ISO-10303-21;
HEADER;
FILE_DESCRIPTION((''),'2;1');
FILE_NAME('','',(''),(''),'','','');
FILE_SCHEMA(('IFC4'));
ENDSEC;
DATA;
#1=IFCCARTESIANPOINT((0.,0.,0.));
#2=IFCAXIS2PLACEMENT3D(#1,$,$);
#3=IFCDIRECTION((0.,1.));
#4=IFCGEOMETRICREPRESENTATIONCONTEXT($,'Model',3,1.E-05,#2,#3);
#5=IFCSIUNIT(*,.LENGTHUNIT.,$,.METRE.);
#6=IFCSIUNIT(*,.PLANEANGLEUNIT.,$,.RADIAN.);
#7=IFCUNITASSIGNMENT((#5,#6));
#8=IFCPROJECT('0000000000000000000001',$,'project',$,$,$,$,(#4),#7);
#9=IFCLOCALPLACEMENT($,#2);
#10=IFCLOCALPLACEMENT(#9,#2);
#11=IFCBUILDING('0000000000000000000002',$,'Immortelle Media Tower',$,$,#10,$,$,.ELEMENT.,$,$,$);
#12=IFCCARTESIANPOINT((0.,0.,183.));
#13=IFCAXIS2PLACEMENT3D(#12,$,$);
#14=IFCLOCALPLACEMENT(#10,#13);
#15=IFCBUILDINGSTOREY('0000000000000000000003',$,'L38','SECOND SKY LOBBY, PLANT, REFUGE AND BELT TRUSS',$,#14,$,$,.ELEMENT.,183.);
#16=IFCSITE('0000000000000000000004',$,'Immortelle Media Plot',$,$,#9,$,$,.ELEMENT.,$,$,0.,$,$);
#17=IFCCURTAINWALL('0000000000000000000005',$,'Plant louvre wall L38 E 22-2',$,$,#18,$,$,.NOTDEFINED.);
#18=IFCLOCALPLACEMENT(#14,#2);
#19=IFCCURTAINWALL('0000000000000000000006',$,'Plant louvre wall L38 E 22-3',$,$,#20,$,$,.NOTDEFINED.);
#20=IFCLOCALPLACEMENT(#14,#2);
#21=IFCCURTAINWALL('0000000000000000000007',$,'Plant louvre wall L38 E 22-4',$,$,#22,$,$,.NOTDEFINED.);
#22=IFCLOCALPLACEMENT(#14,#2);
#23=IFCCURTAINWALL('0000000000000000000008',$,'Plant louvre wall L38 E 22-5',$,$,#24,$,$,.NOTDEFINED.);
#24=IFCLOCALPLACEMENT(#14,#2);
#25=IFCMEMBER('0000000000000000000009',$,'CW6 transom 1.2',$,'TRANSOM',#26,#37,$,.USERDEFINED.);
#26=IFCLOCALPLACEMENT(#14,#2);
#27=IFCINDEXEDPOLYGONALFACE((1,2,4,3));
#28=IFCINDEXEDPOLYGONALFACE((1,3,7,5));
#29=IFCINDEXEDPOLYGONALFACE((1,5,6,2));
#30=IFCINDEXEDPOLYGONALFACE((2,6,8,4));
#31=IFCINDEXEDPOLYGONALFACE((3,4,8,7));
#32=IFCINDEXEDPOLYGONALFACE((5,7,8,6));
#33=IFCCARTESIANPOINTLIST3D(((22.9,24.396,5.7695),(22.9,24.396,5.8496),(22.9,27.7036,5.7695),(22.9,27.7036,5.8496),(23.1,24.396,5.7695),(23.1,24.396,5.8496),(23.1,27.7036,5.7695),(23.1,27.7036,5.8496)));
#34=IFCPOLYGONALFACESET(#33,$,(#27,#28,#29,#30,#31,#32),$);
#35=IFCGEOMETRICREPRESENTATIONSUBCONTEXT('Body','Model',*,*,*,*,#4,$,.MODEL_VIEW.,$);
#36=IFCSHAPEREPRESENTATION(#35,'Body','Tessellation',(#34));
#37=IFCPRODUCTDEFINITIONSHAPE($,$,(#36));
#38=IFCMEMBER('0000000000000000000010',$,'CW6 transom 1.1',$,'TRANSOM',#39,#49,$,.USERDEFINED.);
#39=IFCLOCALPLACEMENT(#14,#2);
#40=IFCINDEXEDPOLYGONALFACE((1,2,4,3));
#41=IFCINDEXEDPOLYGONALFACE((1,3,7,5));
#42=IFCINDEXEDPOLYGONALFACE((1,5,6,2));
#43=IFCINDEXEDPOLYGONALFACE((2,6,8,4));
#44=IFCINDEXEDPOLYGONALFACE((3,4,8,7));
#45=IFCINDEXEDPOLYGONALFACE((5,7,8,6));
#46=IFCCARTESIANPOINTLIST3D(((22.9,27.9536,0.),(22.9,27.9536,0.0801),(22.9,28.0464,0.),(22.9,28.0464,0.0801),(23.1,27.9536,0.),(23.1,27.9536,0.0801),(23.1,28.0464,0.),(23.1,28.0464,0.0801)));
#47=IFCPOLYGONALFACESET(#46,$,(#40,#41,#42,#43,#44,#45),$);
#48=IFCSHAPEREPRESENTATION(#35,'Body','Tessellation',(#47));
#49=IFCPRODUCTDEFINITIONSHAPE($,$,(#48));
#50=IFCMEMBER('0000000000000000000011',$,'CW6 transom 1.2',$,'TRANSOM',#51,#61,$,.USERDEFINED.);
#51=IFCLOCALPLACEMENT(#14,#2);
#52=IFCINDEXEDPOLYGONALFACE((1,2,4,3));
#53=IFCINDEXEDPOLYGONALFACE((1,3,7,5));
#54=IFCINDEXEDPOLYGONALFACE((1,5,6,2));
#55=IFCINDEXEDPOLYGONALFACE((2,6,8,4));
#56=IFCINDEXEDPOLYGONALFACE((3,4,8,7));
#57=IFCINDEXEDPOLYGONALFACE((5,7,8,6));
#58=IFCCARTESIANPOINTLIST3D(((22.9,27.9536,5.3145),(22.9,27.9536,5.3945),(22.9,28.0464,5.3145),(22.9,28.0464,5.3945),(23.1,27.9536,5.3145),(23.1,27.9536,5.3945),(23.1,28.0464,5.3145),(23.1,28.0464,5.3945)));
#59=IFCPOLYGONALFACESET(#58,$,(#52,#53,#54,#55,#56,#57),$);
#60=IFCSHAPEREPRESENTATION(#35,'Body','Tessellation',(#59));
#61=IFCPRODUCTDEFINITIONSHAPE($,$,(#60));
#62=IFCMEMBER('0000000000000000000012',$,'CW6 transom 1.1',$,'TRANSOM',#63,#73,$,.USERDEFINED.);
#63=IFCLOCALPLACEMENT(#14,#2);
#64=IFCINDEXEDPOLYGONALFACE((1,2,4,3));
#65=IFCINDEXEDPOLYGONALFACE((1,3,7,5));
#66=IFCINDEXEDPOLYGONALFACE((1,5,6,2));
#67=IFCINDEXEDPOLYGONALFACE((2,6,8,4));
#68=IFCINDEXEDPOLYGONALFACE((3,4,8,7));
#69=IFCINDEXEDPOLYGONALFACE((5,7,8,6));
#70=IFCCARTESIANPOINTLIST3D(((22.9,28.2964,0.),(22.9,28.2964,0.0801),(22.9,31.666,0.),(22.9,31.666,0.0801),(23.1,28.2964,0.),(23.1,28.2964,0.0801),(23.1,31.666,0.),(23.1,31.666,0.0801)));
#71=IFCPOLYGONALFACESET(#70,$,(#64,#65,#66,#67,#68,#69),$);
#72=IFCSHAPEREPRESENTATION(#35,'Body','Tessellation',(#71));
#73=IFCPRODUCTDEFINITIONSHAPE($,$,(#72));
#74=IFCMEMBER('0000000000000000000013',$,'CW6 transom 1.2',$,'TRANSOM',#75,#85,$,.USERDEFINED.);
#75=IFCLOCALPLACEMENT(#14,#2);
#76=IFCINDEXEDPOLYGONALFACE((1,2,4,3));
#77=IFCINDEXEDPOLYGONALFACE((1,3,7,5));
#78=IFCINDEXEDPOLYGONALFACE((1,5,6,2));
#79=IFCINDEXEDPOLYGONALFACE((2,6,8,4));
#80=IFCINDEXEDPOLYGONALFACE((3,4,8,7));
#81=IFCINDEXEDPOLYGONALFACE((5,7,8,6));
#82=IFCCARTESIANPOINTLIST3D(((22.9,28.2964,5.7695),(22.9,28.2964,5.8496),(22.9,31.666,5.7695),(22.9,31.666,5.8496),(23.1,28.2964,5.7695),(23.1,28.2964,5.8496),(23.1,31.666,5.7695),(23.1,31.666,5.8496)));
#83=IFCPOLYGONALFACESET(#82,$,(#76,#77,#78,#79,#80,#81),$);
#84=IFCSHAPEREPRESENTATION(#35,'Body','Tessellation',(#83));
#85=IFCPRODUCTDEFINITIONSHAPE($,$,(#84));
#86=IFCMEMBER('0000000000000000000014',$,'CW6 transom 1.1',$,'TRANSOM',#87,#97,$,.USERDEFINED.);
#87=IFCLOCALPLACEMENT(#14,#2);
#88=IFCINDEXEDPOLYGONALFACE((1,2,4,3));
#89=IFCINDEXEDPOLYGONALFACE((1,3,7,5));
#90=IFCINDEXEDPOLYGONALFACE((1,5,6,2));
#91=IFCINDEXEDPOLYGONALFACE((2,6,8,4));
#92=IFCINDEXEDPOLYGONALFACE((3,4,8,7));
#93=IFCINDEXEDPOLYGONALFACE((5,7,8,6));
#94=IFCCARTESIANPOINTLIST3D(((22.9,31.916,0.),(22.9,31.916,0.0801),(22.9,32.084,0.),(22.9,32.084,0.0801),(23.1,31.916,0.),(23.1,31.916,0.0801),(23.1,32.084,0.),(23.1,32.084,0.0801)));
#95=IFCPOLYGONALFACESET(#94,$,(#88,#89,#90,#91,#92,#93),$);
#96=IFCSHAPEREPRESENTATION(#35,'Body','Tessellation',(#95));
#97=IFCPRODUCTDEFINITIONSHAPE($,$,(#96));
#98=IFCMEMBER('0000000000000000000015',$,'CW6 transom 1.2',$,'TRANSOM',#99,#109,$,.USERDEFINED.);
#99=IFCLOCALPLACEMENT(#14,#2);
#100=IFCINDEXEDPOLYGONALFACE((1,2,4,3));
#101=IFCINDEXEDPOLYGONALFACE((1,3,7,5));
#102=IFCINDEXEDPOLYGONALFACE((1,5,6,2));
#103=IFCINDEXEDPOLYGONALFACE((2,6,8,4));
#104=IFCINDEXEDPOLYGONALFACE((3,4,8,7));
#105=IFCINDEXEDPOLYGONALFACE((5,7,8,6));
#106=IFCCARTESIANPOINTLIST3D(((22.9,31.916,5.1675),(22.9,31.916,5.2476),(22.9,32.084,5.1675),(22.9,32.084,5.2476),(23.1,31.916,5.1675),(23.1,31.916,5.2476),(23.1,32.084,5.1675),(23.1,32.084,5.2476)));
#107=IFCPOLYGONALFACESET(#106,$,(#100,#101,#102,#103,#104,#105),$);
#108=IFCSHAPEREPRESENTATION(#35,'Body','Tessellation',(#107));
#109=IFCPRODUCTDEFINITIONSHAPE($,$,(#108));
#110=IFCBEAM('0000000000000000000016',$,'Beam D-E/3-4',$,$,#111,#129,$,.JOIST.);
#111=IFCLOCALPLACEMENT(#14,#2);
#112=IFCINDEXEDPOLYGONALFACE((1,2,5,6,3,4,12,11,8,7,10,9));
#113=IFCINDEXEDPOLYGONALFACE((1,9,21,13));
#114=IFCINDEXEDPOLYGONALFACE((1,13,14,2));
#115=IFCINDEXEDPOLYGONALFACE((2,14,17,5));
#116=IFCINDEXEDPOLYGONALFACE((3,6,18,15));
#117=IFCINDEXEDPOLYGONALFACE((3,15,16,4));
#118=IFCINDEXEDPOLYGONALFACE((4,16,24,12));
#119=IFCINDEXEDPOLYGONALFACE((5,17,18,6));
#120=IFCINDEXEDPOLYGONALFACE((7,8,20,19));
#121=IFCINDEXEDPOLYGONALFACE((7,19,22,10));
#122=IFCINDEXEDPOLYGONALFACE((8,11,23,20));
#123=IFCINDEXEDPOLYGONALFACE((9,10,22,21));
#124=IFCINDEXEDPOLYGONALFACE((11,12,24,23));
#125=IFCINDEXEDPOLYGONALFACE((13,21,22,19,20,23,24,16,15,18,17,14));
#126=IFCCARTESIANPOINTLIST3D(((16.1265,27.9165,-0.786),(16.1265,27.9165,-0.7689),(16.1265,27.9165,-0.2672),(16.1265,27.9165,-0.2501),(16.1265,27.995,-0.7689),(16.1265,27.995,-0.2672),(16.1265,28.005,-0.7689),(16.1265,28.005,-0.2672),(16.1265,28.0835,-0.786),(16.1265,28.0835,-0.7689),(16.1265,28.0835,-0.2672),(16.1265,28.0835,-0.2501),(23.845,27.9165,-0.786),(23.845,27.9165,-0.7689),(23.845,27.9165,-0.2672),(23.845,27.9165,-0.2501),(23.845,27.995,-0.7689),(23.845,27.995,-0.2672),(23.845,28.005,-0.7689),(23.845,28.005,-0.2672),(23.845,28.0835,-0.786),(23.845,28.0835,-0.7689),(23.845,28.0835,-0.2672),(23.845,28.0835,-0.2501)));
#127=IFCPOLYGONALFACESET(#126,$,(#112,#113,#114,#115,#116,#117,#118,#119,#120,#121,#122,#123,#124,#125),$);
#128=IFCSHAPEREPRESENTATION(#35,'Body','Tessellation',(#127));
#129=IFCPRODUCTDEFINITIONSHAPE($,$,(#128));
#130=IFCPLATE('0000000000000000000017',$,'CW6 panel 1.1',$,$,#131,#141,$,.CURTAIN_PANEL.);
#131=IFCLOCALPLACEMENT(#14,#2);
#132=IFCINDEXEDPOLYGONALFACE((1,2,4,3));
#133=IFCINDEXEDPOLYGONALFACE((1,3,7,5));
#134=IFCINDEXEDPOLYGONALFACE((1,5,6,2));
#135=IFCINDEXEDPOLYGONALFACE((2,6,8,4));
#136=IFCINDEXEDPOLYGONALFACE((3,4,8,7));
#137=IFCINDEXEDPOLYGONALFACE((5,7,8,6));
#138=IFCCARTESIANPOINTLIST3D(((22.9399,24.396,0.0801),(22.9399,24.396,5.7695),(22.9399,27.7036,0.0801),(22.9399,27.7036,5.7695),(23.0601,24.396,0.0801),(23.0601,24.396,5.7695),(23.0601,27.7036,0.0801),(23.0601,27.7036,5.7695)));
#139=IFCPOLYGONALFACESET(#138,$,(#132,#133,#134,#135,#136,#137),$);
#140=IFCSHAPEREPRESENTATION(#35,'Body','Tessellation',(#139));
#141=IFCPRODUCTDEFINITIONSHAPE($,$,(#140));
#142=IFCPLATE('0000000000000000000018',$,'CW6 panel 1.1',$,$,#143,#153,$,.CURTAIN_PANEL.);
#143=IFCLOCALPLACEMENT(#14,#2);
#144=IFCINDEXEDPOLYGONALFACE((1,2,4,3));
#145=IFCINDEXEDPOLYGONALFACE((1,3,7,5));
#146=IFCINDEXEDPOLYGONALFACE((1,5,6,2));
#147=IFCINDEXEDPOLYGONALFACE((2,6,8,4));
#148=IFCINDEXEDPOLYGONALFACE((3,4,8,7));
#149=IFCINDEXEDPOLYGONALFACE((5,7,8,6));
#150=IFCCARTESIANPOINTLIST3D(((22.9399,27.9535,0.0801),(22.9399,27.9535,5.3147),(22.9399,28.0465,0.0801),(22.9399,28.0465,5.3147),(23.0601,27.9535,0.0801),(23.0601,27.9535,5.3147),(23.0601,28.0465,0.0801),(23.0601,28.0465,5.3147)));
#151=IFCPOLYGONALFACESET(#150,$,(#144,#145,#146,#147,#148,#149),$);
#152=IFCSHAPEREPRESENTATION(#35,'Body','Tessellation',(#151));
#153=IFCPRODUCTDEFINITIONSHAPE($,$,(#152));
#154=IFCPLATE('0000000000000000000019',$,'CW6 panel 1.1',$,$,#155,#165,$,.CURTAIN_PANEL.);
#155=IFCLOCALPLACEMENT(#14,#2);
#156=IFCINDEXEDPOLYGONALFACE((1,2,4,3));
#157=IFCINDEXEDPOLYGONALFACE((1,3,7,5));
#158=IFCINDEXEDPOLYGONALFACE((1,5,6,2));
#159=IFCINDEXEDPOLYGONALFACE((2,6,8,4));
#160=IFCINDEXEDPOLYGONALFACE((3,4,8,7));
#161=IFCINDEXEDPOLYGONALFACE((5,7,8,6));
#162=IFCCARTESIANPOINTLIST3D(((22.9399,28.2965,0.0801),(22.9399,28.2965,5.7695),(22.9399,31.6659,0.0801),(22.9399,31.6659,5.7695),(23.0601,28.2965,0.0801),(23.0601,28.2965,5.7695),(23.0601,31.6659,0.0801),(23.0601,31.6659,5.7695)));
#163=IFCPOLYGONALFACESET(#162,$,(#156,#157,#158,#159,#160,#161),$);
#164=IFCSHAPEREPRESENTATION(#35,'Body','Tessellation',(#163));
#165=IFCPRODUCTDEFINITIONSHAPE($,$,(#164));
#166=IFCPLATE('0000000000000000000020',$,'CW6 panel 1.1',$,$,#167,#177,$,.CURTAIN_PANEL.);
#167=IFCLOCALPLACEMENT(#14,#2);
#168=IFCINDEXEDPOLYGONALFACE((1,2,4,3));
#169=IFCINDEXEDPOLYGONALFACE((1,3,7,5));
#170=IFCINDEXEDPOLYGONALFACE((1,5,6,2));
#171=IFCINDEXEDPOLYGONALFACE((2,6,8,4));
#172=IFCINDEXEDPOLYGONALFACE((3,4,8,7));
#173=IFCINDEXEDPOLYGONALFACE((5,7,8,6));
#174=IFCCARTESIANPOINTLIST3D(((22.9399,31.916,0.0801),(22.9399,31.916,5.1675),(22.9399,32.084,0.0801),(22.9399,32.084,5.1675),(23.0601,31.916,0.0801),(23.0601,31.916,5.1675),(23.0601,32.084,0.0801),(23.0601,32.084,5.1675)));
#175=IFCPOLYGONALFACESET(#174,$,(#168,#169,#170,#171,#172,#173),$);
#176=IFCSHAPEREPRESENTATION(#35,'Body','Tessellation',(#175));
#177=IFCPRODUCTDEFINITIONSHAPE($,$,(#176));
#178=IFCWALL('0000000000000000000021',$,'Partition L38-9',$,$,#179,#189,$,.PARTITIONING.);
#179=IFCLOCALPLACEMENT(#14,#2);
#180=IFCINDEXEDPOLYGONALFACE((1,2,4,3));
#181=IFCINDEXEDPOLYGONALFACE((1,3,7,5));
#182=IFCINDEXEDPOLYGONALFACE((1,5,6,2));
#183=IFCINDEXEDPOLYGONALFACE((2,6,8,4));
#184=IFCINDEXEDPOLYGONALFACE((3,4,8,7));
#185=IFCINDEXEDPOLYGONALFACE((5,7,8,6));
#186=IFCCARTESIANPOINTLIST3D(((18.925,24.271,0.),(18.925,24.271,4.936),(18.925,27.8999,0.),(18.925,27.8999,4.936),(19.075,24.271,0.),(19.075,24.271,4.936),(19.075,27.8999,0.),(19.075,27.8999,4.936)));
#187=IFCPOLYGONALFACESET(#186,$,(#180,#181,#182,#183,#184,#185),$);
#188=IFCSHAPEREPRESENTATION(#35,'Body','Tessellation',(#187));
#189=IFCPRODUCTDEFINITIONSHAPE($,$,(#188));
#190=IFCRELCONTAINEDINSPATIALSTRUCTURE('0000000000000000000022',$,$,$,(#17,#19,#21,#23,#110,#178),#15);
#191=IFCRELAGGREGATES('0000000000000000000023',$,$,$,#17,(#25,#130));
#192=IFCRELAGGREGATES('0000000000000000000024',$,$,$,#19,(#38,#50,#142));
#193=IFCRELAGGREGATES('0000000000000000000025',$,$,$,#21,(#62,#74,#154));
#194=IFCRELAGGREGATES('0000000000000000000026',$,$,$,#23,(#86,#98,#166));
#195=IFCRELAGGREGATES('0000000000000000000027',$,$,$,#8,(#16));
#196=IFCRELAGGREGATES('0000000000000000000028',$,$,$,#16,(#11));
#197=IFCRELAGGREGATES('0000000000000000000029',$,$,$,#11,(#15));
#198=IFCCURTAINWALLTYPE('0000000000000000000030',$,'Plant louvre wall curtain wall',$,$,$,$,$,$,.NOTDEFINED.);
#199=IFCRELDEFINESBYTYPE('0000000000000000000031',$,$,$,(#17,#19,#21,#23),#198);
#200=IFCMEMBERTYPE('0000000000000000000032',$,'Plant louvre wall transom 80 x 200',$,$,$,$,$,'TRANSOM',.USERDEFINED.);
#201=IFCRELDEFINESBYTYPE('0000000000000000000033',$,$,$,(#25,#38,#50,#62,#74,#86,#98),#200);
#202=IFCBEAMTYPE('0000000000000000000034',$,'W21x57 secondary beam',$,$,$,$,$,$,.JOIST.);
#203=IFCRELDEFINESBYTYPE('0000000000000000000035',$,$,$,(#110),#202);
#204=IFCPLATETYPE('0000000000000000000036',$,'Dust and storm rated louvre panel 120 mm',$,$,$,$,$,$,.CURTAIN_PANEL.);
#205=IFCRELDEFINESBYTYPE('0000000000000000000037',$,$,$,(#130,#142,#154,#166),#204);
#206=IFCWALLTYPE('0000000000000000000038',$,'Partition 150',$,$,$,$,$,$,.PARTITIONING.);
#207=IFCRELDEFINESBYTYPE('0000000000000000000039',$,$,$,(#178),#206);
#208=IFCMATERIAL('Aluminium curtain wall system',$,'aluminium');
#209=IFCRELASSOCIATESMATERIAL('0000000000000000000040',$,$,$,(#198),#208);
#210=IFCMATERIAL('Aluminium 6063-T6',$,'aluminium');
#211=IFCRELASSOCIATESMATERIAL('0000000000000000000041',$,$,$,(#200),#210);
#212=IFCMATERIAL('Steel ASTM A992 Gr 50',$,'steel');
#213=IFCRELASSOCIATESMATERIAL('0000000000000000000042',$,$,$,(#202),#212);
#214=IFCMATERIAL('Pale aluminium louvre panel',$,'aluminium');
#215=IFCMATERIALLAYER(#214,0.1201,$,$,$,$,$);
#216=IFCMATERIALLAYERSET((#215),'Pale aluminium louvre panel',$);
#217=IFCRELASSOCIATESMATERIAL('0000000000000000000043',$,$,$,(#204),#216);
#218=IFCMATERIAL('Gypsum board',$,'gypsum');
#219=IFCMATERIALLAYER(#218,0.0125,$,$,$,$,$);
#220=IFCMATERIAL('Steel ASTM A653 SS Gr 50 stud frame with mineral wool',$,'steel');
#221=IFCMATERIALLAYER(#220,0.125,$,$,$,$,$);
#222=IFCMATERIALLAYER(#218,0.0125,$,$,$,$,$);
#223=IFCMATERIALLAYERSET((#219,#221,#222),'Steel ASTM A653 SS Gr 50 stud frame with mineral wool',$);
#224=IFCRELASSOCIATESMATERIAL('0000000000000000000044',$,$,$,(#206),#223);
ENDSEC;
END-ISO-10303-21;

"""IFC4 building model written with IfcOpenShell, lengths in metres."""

from ifc_helpers import new_model, si_unit, direction, frame, frame_2d, origin, origin_2d, place, context, subcontext, project, spatial, rectangle, i_section, extrude, material, layer, layer_set, material_profile, profile_set, type_object, element, aggregate, save


model = new_model("IFC4")

# Units and contexts
model_context = context("Model", 3, precision=1e-05, world=origin(), true_north=direction((0.0, 1.0)))
body_context = subcontext(model_context, "Body", "Model", "MODEL_VIEW")
ifc_project = project(units=[si_unit("LENGTHUNIT", "METRE"), si_unit("PLANEANGLEUNIT", "RADIAN")], contexts=[model_context])

# Site, building, storey
site_placement = place(None, origin())
site = spatial("IfcSite", under=ifc_project, at=site_placement, Name="Immortelle Media Plot", CompositionType="ELEMENT", RefElevation=0.0)
building_placement = place(site_placement, origin())
building = spatial("IfcBuilding", under=site, at=building_placement, Name="Immortelle Media Tower", CompositionType="ELEMENT")
storey_placement = place(building_placement, frame((0.0, 0.0, 183.0)))
storey = spatial("IfcBuildingStorey", under=building, at=storey_placement, Name="L38", Description="SECOND SKY LOBBY, PLANT, REFUGE AND BELT TRUSS", CompositionType="ELEMENT", Elevation=183.0)

# Curtain walls
ifc_material_1 = material(Name="Aluminium curtain wall system", Category="aluminium")
curtain_wall_type = type_object("IfcCurtainWallType", Name="Plant louvre wall curtain wall", PredefinedType="NOTDEFINED", material=ifc_material_1)
curtain_wall_1_placement = place(storey_placement, origin())
curtain_wall_1 = element("IfcCurtainWall", 1, at=curtain_wall_1_placement, inside=storey, type_object=curtain_wall_type, Name="Plant louvre wall L38 E 22-2", PredefinedType="NOTDEFINED")
ifc_material_2 = material(Name="Aluminium 6063-T6", Category="aluminium")
curtain_wall_2_placement = place(storey_placement, origin())
curtain_wall_2 = element("IfcCurtainWall", 2, at=curtain_wall_2_placement, inside=storey, type_object=curtain_wall_type, Name="Plant louvre wall L38 E 22-3", PredefinedType="NOTDEFINED")
curtain_wall_3_placement = place(storey_placement, origin())
curtain_wall_3 = element("IfcCurtainWall", 3, at=curtain_wall_3_placement, inside=storey, type_object=curtain_wall_type, Name="Plant louvre wall L38 E 22-4", PredefinedType="NOTDEFINED")
curtain_wall_4_placement = place(storey_placement, origin())
curtain_wall_4 = element("IfcCurtainWall", 4, at=curtain_wall_4_placement, inside=storey, type_object=curtain_wall_type, Name="Plant louvre wall L38 E 22-5", PredefinedType="NOTDEFINED")

# Members
ifc_material_profile_1 = material_profile(ifc_material_2, rectangle(XDim=0.2, YDim=0.0801, at=origin_2d()), Name="AL 80x200")
ifc_profile_set_1 = profile_set([ifc_material_profile_1], Name="Aluminium 6063-T6")
member_type_1 = type_object("IfcMemberType", Name="Plant louvre wall transom 80 x 200", ElementType="TRANSOM", PredefinedType="USERDEFINED", material=ifc_profile_set_1)
member_1_placement = place(storey_placement, frame((23.0, 24.396, 5.8096), z_axis=(0.0, 1.0, 0.0), x_axis=(-1.0, 0.0, 0.0)))
member_1 = element("IfcMember", 5, at=member_1_placement, type_object=member_type_1, Name="CW6 transom 1.2", ObjectType="TRANSOM", PredefinedType="USERDEFINED", context=body_context, shape_type="SweptSolid", body=[
    extrude(rectangle(XDim=0.2, YDim=0.0801, at=origin_2d()), origin(), (0.0, 0.0, 1.0), 3.3076),
])
member_2_placement = place(storey_placement, frame((23.0, 27.9536, 0.04), z_axis=(0.0, 1.0, 0.0), x_axis=(-1.0, 0.0, 0.0)))
member_2 = element("IfcMember", 6, at=member_2_placement, type_object=member_type_1, Name="CW6 transom 1.1", ObjectType="TRANSOM", PredefinedType="USERDEFINED", context=body_context, shape_type="SweptSolid", body=[
    extrude(rectangle(XDim=0.2, YDim=0.0801, at=origin_2d()), origin(), (0.0, 0.0, 1.0), 0.0928),
])
member_3_placement = place(storey_placement, frame((23.0, 27.9536, 5.3545), z_axis=(0.0, 1.0, 0.0), x_axis=(-1.0, 0.0, 0.0)))
member_3 = element("IfcMember", 7, at=member_3_placement, type_object=member_type_1, Name="CW6 transom 1.2", ObjectType="TRANSOM", PredefinedType="USERDEFINED", context=body_context, shape_type="SweptSolid", body=[
    extrude(rectangle(XDim=0.2, YDim=0.0801, at=origin_2d()), origin(), (0.0, 0.0, 1.0), 0.0928),
])
member_4_placement = place(storey_placement, frame((23.0, 28.2964, 0.04), z_axis=(0.0, 1.0, 0.0), x_axis=(-1.0, 0.0, 0.0)))
member_4 = element("IfcMember", 8, at=member_4_placement, type_object=member_type_1, Name="CW6 transom 1.1", ObjectType="TRANSOM", PredefinedType="USERDEFINED", context=body_context, shape_type="SweptSolid", body=[
    extrude(rectangle(XDim=0.2, YDim=0.0801, at=origin_2d()), origin(), (0.0, 0.0, 1.0), 3.3696),
])
member_5_placement = place(storey_placement, frame((23.0, 28.2964, 5.8096), z_axis=(0.0, 1.0, 0.0), x_axis=(-1.0, 0.0, 0.0)))
member_5 = element("IfcMember", 9, at=member_5_placement, type_object=member_type_1, Name="CW6 transom 1.2", ObjectType="TRANSOM", PredefinedType="USERDEFINED", context=body_context, shape_type="SweptSolid", body=[
    extrude(rectangle(XDim=0.2, YDim=0.0801, at=origin_2d()), origin(), (0.0, 0.0, 1.0), 3.3696),
])
member_6_placement = place(storey_placement, frame((23.0, 31.916, 0.04), z_axis=(0.0, 1.0, 0.0), x_axis=(-1.0, 0.0, 0.0)))
member_6 = element("IfcMember", 10, at=member_6_placement, type_object=member_type_1, Name="CW6 transom 1.1", ObjectType="TRANSOM", PredefinedType="USERDEFINED", context=body_context, shape_type="SweptSolid", body=[
    extrude(rectangle(XDim=0.2, YDim=0.0801, at=origin_2d()), origin(), (0.0, 0.0, 1.0), 0.168),
])
member_7_placement = place(storey_placement, frame((23.0, 31.916, 5.2075), z_axis=(0.0, 1.0, 0.0), x_axis=(-1.0, 0.0, 0.0)))
member_7 = element("IfcMember", 11, at=member_7_placement, type_object=member_type_1, Name="CW6 transom 1.2", ObjectType="TRANSOM", PredefinedType="USERDEFINED", context=body_context, shape_type="SweptSolid", body=[
    extrude(rectangle(XDim=0.2, YDim=0.0801, at=origin_2d()), origin(), (0.0, 0.0, 1.0), 0.168),
])

# Beam
ifc_material_3 = material(Name="Steel ASTM A992 Gr 50", Category="steel")
ifc_material_profile_2 = material_profile(ifc_material_3, i_section(OverallWidth=0.167, OverallDepth=0.5359, WebThickness=0.01, FlangeThickness=0.0171, at=origin_2d()), Name="W21x57")
ifc_profile_set_2 = profile_set([ifc_material_profile_2], Name="Steel ASTM A992 Gr 50")
beam_type = type_object("IfcBeamType", Name="W21x57 secondary beam", PredefinedType="JOIST", material=ifc_profile_set_2)
beam_placement = place(storey_placement, frame((16.1265, 28.0, -0.5181), z_axis=(1.0, 0.0, 0.0), x_axis=(0.0, 1.0, 0.0)))
element("IfcBeam", 12, at=beam_placement, inside=storey, type_object=beam_type, Name="Beam D-E/3-4", PredefinedType="JOIST", context=body_context, shape_type="SweptSolid", body=[
    extrude(i_section(OverallWidth=0.167, OverallDepth=0.5359, WebThickness=0.01, FlangeThickness=0.0171, at=origin_2d()), origin(), (0.0, 0.0, 1.0), 7.7185),
])

# Plates
ifc_material_4 = material(Name="Pale aluminium louvre panel", Category="aluminium")
ifc_layer_1 = layer(ifc_material_4, 0.1201)
ifc_layer_set_1 = layer_set([ifc_layer_1], Name="Pale aluminium louvre panel")
plate_type = type_object("IfcPlateType", Name="Dust and storm rated louvre panel 120 mm", PredefinedType="CURTAIN_PANEL", material=ifc_layer_set_1)
plate_1_placement = place(storey_placement, frame((23.0, 26.0498, 0.0801), z_axis=(0.0, 0.0, 1.0), x_axis=(0.0, 1.0, 0.0)))
plate_1 = element("IfcPlate", 13, at=plate_1_placement, type_object=plate_type, Name="CW6 panel 1.1", PredefinedType="CURTAIN_PANEL", context=body_context, shape_type="SweptSolid", body=[
    extrude(rectangle(XDim=3.3076, YDim=0.1201, at=origin_2d()), origin(), (0.0, 0.0, 1.0), 5.6895),
])
aggregate(curtain_wall_1, [member_1, plate_1])
plate_2_placement = place(storey_placement, frame((23.0, 28.0, 0.0801), z_axis=(0.0, 0.0, 1.0), x_axis=(0.0, 1.0, 0.0)))
plate_2 = element("IfcPlate", 14, at=plate_2_placement, type_object=plate_type, Name="CW6 panel 1.1", PredefinedType="CURTAIN_PANEL", context=body_context, shape_type="SweptSolid", body=[
    extrude(rectangle(XDim=0.093, YDim=0.1201, at=origin_2d()), origin(), (0.0, 0.0, 1.0), 5.2346),
])
aggregate(curtain_wall_2, [member_2, member_3, plate_2])
plate_3_placement = place(storey_placement, frame((23.0, 29.9812, 0.0801), z_axis=(0.0, 0.0, 1.0), x_axis=(0.0, 1.0, 0.0)))
plate_3 = element("IfcPlate", 15, at=plate_3_placement, type_object=plate_type, Name="CW6 panel 1.1", PredefinedType="CURTAIN_PANEL", context=body_context, shape_type="SweptSolid", body=[
    extrude(rectangle(XDim=3.3694, YDim=0.1201, at=origin_2d()), origin(), (0.0, 0.0, 1.0), 5.6895),
])
aggregate(curtain_wall_3, [member_4, member_5, plate_3])
plate_4_placement = place(storey_placement, frame((23.0, 32.0, 0.0801), z_axis=(0.0, 0.0, 1.0), x_axis=(0.0, 1.0, 0.0)))
plate_4 = element("IfcPlate", 16, at=plate_4_placement, type_object=plate_type, Name="CW6 panel 1.1", PredefinedType="CURTAIN_PANEL", context=body_context, shape_type="SweptSolid", body=[
    extrude(rectangle(XDim=0.168, YDim=0.1201, at=origin_2d()), origin(), (0.0, 0.0, 1.0), 5.0874),
])
aggregate(curtain_wall_4, [member_6, member_7, plate_4])

# Wall
ifc_material_5 = material(Name="Gypsum board", Category="gypsum")
ifc_layer_2 = layer(ifc_material_5, 0.0125)
ifc_material_6 = material(Name="Steel ASTM A653 SS Gr 50 stud frame with mineral wool", Category="steel")
ifc_layer_3 = layer(ifc_material_6, 0.125)
ifc_layer_4 = layer(ifc_material_5, 0.0125)
ifc_layer_set_2 = layer_set([ifc_layer_2, ifc_layer_3, ifc_layer_4], Name="Steel ASTM A653 SS Gr 50 stud frame with mineral wool")
wall_type = type_object("IfcWallType", Name="Partition 150", PredefinedType="PARTITIONING", material=ifc_layer_set_2)
wall_placement = place(storey_placement, frame((19.0, 24.271, 0.0), z_axis=(0.0, 0.0, 1.0), x_axis=(0.0, 1.0, 0.0)))
element("IfcWall", 17, at=wall_placement, inside=storey, type_object=wall_type, Name="Partition L38-9", PredefinedType="PARTITIONING", context=body_context, shape_type="SweptSolid", body=[
    extrude(rectangle(XDim=3.6289, YDim=0.1499, at=frame_2d((1.8145, 0.0))), origin(), (0.0, 0.0, 1.0), 4.936),
])

save(model, "model.ifc")
